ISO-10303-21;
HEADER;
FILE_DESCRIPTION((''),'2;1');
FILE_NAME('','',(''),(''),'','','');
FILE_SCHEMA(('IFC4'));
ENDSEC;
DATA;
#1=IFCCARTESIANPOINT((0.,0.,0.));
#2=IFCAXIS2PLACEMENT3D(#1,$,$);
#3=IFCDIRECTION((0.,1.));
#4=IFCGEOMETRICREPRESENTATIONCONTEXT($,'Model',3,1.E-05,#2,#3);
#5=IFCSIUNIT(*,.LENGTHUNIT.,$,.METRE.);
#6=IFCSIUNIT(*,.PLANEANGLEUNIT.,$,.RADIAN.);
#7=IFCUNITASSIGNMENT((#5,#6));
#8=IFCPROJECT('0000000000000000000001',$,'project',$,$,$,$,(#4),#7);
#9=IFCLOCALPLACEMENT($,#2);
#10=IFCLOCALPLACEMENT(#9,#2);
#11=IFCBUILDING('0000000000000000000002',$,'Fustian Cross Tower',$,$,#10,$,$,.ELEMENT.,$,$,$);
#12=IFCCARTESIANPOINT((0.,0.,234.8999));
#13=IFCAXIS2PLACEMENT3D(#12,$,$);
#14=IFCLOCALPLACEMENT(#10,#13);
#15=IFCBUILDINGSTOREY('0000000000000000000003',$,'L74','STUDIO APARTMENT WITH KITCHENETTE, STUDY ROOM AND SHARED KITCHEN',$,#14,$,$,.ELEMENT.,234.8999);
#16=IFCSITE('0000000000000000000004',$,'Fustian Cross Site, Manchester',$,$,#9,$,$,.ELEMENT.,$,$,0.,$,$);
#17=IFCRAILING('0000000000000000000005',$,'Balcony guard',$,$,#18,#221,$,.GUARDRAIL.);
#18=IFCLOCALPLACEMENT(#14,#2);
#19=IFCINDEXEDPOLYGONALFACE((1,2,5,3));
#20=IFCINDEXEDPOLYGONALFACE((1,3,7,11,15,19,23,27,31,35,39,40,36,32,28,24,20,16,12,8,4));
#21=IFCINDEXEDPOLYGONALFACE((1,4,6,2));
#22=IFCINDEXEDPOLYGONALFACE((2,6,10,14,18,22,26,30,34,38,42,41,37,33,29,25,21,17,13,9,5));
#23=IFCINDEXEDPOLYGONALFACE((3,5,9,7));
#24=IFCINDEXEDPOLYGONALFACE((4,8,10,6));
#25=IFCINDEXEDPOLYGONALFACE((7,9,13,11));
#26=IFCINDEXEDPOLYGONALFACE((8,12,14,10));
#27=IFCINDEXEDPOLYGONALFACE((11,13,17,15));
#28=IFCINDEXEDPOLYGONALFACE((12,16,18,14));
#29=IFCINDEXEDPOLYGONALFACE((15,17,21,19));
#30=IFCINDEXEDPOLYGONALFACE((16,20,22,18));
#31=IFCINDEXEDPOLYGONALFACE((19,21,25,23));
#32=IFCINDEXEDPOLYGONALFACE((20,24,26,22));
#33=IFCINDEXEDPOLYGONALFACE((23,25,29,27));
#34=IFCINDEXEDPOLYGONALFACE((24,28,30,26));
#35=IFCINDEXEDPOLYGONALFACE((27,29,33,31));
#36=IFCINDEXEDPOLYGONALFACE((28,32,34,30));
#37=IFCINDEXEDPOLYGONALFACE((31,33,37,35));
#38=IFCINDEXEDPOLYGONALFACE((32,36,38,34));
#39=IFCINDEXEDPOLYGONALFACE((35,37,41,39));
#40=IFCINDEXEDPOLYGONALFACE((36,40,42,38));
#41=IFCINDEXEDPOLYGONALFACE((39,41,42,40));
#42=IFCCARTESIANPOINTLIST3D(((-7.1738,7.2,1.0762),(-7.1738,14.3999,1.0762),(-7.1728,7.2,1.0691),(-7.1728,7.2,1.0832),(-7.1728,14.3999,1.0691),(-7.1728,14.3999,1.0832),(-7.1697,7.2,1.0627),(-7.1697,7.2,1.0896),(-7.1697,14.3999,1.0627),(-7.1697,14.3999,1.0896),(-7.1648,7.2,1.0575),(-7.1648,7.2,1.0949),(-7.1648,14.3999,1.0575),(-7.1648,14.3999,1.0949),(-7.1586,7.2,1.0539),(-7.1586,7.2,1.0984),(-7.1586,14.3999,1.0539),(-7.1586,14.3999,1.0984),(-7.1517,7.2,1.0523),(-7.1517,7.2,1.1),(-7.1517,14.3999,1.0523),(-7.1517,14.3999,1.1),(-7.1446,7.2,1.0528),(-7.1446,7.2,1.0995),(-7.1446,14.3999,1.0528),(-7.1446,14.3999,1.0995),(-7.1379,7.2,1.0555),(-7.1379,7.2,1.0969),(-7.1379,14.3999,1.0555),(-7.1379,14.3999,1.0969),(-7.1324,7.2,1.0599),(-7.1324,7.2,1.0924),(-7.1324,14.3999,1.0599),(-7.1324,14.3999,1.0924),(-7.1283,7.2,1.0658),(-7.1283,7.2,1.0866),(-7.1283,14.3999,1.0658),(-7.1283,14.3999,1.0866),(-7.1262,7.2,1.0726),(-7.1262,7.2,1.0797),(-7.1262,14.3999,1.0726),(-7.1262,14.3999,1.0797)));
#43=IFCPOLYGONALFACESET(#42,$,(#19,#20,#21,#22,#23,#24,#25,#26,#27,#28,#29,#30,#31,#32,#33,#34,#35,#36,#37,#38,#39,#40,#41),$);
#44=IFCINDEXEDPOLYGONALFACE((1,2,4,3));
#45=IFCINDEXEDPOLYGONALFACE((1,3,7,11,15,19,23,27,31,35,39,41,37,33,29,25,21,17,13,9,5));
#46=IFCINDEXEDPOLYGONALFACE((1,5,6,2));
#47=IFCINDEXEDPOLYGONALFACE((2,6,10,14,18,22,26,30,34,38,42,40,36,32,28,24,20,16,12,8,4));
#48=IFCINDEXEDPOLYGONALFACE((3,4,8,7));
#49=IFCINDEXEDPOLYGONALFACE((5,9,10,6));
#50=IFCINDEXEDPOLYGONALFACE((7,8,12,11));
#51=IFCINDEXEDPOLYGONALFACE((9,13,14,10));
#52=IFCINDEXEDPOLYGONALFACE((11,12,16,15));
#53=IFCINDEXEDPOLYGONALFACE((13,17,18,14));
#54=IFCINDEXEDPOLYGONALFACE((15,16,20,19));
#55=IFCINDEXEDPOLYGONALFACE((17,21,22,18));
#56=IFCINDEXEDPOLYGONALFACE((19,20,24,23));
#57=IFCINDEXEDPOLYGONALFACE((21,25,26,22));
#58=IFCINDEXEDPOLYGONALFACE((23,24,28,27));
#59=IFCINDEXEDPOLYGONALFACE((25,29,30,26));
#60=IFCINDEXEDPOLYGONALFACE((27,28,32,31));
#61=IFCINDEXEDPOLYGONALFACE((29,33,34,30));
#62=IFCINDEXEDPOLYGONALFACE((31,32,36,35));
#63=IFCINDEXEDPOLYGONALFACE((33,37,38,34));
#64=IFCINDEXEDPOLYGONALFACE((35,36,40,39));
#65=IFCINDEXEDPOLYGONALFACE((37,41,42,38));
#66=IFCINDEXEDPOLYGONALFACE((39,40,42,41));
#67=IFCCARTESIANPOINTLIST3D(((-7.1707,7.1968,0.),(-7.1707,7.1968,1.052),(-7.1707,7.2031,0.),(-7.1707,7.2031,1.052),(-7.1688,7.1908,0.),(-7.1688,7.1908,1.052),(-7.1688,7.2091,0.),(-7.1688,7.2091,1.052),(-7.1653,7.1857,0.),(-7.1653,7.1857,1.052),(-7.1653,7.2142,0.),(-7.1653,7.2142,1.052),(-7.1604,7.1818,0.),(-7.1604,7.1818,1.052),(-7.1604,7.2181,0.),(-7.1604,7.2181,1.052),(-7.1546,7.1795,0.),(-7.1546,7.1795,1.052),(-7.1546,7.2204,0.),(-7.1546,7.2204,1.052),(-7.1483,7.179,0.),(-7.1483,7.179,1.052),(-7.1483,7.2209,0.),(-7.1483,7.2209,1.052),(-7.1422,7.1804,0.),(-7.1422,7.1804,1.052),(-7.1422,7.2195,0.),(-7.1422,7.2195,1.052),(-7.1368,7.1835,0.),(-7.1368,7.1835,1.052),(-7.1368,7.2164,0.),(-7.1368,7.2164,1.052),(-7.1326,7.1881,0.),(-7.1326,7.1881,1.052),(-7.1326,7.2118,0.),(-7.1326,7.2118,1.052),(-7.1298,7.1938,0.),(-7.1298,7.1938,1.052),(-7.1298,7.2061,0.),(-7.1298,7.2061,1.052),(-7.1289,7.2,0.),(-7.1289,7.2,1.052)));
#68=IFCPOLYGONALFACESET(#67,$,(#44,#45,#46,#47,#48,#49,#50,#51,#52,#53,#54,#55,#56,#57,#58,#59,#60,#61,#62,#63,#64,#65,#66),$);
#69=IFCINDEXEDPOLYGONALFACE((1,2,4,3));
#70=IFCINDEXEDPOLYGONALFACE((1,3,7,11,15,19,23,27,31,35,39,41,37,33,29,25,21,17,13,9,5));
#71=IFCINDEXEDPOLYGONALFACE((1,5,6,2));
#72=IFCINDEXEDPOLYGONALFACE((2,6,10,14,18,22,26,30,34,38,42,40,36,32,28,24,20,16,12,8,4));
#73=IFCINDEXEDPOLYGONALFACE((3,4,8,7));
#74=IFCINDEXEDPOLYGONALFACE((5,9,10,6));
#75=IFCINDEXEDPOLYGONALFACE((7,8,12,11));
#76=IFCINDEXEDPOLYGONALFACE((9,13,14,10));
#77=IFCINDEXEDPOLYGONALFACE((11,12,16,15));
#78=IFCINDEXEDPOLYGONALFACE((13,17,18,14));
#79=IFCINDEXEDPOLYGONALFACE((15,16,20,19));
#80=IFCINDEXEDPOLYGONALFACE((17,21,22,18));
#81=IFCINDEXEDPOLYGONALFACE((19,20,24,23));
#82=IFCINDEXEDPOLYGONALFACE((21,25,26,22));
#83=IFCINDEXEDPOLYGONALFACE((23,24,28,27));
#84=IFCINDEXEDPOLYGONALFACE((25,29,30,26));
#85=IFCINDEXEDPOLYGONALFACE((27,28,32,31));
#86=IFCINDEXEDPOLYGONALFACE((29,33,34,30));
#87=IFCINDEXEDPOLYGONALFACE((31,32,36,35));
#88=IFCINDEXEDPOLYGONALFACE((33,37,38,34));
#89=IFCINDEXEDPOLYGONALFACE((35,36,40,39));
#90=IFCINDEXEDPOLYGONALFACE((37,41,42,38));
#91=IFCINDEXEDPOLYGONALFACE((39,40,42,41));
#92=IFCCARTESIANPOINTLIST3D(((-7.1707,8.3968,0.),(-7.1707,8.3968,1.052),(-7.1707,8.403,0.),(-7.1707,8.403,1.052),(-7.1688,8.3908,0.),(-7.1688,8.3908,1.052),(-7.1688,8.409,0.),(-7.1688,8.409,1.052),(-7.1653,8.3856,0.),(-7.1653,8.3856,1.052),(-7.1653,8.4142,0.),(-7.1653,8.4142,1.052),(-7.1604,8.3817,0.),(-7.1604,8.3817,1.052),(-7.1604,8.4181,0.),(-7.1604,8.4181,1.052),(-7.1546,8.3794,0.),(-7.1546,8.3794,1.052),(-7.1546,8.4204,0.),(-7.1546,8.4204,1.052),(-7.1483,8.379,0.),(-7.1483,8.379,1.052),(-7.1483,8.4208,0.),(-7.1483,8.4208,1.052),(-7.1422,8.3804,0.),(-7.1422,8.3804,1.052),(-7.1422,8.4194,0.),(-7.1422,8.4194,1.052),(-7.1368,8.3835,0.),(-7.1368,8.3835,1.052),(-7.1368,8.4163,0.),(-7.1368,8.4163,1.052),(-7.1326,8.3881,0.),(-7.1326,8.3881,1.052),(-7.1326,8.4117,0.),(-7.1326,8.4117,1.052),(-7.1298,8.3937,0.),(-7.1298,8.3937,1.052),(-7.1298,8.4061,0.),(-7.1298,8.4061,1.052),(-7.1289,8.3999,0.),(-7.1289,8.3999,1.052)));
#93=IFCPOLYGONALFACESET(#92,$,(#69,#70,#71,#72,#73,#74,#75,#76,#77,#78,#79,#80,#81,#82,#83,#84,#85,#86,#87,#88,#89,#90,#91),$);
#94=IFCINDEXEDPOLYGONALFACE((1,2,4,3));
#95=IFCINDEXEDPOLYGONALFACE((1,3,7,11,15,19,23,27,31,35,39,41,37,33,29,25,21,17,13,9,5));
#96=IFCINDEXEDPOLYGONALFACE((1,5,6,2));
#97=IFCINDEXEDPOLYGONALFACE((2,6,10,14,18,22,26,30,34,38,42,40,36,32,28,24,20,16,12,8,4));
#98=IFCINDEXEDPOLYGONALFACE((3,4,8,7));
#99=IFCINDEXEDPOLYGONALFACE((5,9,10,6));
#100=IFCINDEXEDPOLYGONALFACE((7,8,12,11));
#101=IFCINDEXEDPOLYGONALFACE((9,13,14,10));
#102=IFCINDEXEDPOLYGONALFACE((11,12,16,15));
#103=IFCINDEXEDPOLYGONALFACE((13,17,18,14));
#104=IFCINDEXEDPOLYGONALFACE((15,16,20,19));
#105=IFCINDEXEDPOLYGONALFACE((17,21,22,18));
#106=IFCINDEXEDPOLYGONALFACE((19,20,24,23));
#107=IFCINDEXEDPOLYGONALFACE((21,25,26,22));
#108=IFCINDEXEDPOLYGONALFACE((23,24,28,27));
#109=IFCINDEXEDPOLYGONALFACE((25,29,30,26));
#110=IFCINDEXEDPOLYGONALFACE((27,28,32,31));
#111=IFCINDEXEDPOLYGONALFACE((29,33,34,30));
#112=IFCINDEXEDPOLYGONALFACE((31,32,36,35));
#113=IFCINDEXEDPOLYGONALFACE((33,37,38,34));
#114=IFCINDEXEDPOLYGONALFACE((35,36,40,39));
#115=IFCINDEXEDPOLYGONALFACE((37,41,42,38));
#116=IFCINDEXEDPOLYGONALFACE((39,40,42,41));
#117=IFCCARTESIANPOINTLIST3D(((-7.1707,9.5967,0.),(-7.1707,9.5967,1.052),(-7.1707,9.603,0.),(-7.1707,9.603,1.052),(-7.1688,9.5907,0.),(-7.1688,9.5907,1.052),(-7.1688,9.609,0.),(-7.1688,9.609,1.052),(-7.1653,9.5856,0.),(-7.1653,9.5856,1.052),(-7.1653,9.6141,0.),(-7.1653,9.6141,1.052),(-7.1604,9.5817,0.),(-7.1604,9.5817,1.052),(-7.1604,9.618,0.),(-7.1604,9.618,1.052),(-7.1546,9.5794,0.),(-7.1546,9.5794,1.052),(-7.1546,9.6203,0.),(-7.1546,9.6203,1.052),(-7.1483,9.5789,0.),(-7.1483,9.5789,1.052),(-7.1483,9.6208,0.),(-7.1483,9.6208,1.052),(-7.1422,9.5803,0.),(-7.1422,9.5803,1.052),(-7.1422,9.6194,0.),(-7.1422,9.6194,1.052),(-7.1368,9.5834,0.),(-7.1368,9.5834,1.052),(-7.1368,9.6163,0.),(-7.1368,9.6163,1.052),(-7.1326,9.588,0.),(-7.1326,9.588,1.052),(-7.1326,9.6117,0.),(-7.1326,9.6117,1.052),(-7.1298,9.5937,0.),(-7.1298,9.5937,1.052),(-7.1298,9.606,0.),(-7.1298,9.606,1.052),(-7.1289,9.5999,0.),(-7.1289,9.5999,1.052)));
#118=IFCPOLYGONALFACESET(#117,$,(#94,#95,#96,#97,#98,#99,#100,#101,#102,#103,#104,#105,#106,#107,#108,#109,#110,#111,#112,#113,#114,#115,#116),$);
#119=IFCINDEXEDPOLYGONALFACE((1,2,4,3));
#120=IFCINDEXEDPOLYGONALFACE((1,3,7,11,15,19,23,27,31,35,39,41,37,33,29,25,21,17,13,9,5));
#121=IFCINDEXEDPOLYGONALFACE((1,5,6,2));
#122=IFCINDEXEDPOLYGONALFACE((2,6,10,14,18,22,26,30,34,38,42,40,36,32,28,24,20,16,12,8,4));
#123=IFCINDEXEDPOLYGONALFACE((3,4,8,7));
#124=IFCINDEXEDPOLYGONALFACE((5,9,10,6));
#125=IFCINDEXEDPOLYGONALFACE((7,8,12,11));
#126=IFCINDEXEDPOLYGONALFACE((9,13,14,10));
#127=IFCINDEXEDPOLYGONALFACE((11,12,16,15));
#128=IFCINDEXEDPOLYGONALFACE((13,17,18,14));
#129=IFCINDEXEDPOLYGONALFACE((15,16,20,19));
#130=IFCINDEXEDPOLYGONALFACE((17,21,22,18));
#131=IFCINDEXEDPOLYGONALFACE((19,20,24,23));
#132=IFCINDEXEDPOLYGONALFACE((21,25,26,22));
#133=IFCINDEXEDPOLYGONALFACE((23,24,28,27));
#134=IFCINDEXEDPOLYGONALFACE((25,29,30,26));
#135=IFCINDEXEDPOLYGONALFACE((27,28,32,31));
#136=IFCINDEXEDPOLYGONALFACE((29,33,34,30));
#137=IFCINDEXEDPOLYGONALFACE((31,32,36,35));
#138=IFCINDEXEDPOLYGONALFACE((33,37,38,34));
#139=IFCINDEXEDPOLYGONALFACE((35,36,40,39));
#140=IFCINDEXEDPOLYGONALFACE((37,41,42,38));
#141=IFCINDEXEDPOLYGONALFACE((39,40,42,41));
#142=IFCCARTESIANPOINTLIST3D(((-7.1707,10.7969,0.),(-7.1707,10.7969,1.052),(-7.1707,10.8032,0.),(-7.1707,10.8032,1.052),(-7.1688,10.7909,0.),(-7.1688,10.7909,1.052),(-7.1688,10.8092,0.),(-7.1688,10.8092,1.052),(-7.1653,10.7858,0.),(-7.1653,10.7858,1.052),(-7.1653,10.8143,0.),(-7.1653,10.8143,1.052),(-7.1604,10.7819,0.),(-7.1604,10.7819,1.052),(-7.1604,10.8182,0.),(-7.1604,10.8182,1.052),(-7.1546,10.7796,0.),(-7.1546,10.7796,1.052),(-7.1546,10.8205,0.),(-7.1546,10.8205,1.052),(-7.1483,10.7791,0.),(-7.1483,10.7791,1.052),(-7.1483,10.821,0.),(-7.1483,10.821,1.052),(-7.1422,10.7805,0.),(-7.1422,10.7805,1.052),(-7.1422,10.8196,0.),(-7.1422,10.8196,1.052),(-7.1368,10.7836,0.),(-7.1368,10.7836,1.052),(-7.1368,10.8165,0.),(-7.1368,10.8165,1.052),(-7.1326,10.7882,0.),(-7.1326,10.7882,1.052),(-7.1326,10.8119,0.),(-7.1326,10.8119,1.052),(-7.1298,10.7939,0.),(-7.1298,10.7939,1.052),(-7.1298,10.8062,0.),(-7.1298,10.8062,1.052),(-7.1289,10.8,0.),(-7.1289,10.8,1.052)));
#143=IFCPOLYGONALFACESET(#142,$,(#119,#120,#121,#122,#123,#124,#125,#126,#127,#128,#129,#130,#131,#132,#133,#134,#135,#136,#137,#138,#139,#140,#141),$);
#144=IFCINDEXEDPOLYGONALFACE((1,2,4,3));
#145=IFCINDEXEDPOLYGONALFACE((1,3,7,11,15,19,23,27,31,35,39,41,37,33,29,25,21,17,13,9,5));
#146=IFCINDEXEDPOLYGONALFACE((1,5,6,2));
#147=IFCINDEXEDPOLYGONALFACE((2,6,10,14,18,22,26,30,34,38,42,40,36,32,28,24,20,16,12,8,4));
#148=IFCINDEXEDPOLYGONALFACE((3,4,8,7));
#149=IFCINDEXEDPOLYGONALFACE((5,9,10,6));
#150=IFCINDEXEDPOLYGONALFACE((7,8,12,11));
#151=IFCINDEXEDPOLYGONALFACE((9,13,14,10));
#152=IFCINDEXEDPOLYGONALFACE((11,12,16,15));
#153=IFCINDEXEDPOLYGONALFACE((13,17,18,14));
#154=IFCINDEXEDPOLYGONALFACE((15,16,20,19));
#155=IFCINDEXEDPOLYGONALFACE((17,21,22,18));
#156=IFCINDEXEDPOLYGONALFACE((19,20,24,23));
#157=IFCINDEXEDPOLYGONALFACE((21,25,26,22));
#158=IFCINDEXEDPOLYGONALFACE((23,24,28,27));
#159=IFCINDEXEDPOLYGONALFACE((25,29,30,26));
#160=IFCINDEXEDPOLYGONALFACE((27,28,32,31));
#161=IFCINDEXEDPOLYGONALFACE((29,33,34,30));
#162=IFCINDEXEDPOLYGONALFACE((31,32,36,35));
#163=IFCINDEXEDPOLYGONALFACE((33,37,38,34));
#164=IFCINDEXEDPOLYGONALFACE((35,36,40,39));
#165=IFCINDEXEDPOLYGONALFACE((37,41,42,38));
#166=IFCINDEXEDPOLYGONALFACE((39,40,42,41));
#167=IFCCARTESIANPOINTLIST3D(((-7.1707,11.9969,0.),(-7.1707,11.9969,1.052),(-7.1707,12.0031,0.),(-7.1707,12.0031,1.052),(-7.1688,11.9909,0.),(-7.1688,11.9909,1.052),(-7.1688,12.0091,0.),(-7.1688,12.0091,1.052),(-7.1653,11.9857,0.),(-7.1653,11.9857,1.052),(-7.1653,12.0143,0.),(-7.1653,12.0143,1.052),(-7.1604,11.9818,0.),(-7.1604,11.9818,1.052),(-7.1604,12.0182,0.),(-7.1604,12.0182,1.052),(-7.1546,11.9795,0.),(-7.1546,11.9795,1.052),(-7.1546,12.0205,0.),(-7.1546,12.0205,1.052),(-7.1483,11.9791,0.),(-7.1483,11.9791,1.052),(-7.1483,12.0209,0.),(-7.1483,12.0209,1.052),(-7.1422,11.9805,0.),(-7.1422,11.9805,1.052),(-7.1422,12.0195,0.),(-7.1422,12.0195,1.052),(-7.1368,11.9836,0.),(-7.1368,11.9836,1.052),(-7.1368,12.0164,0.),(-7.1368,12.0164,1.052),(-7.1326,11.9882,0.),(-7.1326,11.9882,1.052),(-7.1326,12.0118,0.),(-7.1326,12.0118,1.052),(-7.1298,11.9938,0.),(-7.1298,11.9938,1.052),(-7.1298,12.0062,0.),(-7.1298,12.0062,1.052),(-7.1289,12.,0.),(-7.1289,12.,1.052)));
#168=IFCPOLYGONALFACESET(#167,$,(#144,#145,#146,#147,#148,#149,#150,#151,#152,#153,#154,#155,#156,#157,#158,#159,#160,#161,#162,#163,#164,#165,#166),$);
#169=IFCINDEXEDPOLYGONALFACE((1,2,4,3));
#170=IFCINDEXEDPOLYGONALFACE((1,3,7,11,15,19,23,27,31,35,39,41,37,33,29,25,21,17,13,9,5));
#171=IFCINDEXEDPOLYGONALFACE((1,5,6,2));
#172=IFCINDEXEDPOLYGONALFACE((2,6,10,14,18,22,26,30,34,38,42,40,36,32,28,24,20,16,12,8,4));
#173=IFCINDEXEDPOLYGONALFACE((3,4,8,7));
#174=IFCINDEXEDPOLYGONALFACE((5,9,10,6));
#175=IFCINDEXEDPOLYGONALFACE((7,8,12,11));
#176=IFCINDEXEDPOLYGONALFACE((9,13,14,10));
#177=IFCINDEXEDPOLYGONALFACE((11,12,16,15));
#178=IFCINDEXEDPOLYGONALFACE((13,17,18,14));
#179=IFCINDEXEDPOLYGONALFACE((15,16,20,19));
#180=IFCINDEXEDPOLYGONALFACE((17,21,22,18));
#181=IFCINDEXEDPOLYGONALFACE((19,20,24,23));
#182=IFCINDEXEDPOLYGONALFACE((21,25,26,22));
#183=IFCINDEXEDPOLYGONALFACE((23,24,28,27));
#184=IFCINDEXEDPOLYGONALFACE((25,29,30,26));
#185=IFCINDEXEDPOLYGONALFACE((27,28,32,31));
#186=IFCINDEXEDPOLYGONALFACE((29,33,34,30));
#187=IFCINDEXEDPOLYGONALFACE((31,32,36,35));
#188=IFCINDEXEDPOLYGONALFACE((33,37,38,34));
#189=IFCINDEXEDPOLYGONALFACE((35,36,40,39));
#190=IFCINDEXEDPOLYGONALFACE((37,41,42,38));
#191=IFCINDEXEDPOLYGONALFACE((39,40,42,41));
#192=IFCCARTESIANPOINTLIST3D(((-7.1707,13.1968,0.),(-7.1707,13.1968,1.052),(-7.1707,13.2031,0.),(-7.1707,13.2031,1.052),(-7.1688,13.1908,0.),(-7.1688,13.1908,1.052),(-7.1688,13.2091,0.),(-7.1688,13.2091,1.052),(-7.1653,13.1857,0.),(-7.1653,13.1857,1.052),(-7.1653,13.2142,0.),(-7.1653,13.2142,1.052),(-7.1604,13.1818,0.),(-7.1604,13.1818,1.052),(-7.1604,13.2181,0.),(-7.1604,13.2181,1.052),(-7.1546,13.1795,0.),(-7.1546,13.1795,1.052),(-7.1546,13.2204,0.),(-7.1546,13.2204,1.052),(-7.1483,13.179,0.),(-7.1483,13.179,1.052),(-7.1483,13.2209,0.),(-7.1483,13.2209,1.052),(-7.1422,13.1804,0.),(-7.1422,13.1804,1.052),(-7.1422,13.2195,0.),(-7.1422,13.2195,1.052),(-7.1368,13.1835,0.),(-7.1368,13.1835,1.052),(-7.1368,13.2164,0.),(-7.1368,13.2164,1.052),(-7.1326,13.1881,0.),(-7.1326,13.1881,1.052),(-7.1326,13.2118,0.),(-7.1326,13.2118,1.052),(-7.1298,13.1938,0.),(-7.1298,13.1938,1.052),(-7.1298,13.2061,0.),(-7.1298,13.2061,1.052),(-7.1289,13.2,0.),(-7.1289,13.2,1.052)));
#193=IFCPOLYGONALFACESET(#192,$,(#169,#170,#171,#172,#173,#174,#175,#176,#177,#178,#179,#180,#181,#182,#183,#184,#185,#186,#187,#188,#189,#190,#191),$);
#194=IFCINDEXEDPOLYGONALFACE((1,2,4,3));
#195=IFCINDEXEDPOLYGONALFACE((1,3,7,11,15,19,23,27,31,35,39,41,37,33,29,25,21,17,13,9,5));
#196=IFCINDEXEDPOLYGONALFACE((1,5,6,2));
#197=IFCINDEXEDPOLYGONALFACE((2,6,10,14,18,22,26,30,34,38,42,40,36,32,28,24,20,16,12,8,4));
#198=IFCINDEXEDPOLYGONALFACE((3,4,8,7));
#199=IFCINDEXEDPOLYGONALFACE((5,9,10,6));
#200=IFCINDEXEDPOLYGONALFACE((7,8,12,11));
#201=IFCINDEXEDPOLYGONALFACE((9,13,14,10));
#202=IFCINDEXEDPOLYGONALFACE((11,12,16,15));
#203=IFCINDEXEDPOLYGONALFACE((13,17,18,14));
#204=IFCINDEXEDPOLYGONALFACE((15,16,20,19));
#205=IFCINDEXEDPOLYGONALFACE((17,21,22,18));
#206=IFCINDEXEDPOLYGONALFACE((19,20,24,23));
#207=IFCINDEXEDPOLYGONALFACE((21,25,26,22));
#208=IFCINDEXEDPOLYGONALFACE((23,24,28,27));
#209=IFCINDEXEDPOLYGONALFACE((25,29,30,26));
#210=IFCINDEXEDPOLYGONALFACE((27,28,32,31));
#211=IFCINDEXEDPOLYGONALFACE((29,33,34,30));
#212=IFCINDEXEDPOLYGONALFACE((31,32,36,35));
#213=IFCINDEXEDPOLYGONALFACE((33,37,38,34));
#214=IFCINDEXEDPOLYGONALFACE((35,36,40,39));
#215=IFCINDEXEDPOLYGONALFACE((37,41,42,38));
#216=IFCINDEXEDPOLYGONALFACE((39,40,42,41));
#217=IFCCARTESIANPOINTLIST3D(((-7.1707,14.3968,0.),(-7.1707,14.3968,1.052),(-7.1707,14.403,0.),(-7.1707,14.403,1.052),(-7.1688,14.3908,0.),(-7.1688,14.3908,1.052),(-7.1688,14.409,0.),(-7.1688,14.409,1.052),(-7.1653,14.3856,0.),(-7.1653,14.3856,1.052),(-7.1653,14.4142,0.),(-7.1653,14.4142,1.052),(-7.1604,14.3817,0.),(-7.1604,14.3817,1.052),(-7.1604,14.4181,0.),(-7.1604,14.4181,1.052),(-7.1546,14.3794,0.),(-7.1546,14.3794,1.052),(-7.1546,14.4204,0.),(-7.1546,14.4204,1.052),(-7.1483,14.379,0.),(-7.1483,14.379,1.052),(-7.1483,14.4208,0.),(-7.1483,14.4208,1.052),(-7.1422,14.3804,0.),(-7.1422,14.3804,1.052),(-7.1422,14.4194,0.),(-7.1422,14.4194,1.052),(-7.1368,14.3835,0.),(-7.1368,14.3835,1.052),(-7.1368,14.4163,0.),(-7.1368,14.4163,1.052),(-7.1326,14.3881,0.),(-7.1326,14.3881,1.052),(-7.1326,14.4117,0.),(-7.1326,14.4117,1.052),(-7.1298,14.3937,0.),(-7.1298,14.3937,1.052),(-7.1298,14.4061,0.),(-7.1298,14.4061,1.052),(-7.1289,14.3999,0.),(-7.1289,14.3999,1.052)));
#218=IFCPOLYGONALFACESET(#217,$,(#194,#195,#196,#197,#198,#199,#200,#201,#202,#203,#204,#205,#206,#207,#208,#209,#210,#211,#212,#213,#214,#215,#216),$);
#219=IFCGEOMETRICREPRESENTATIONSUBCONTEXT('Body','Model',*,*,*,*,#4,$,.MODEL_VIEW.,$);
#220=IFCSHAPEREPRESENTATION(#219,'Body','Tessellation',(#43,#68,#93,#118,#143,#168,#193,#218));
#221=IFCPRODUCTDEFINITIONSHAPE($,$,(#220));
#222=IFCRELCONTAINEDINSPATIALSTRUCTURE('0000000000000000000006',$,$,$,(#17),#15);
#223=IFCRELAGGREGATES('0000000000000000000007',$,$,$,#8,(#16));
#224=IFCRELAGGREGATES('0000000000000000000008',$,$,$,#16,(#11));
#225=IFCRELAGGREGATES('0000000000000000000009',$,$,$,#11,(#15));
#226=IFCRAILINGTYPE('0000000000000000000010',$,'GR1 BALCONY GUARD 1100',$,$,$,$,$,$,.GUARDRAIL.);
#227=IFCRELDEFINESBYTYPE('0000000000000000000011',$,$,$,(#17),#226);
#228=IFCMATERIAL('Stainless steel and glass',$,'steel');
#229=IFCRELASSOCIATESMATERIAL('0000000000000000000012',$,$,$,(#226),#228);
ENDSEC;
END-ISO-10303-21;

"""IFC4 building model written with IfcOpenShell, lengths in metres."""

from ifc_helpers import new_model, si_unit, direction, frame, origin, origin_2d, place, context, subcontext, project, spatial, circle, extrude, material, type_object, element, save


model = new_model("IFC4")

# Units and contexts
model_context = context("Model", 3, precision=1e-05, world=origin(), true_north=direction((0.0, 1.0)))
body_context = subcontext(model_context, "Body", "Model", "MODEL_VIEW")
ifc_project = project(units=[si_unit("LENGTHUNIT", "METRE"), si_unit("PLANEANGLEUNIT", "RADIAN")], contexts=[model_context])

# Site, building, storey
site_placement = place(None, origin())
site = spatial("IfcSite", under=ifc_project, at=site_placement, Name="Fustian Cross Site, Manchester", CompositionType="ELEMENT", RefElevation=0.0)
building_placement = place(site_placement, origin())
building = spatial("IfcBuilding", under=site, at=building_placement, Name="Fustian Cross Tower", CompositionType="ELEMENT")
storey_placement = place(building_placement, frame((0.0, 0.0, 234.8999)))
storey = spatial("IfcBuildingStorey", under=building, at=storey_placement, Name="L74", Description="STUDIO APARTMENT WITH KITCHENETTE, STUDY ROOM AND SHARED KITCHEN", CompositionType="ELEMENT", Elevation=234.8999)

# Railing
ifc_material_1 = material(Name="Stainless steel and glass", Category="steel")
railing_type = type_object("IfcRailingType", Name="GR1 BALCONY GUARD 1100", PredefinedType="GUARDRAIL", material=ifc_material_1)
railing_placement = place(storey_placement, frame((-7.1499, 7.2, 0.0)))
element("IfcRailing", 1, at=railing_placement, inside=storey, type_object=railing_type, Name="Balcony guard", PredefinedType="GUARDRAIL", context=body_context, shape_type="SweptSolid", body=[
    extrude(circle(Radius=0.0239, at=origin_2d()), frame((0.0, 0.0, 1.0762), z_axis=(0.0, 1.0, 0.0), x_axis=(-1.0, 0.0, 0.0)), (0.0, 0.0, 1.0), 7.2),
    extrude(circle(Radius=0.021, at=origin_2d()), origin(), (0.0, 0.0, 1.0), 1.052),
    extrude(circle(Radius=0.021, at=origin_2d()), frame((0.0, 1.2, 0.0)), (0.0, 0.0, 1.0), 1.052),
    extrude(circle(Radius=0.021, at=origin_2d()), frame((0.0, 2.3999, 0.0)), (0.0, 0.0, 1.0), 1.052),
    extrude(circle(Radius=0.021, at=origin_2d()), frame((0.0, 3.6001, 0.0)), (0.0, 0.0, 1.0), 1.052),
    extrude(circle(Radius=0.021, at=origin_2d()), frame((0.0, 4.8, 0.0)), (0.0, 0.0, 1.0), 1.052),
    extrude(circle(Radius=0.021, at=origin_2d()), frame((0.0, 6.0, 0.0)), (0.0, 0.0, 1.0), 1.052),
    extrude(circle(Radius=0.021, at=origin_2d()), frame((0.0, 7.2, 0.0)), (0.0, 0.0, 1.0), 1.052),
])

save(model, "model.ifc")
